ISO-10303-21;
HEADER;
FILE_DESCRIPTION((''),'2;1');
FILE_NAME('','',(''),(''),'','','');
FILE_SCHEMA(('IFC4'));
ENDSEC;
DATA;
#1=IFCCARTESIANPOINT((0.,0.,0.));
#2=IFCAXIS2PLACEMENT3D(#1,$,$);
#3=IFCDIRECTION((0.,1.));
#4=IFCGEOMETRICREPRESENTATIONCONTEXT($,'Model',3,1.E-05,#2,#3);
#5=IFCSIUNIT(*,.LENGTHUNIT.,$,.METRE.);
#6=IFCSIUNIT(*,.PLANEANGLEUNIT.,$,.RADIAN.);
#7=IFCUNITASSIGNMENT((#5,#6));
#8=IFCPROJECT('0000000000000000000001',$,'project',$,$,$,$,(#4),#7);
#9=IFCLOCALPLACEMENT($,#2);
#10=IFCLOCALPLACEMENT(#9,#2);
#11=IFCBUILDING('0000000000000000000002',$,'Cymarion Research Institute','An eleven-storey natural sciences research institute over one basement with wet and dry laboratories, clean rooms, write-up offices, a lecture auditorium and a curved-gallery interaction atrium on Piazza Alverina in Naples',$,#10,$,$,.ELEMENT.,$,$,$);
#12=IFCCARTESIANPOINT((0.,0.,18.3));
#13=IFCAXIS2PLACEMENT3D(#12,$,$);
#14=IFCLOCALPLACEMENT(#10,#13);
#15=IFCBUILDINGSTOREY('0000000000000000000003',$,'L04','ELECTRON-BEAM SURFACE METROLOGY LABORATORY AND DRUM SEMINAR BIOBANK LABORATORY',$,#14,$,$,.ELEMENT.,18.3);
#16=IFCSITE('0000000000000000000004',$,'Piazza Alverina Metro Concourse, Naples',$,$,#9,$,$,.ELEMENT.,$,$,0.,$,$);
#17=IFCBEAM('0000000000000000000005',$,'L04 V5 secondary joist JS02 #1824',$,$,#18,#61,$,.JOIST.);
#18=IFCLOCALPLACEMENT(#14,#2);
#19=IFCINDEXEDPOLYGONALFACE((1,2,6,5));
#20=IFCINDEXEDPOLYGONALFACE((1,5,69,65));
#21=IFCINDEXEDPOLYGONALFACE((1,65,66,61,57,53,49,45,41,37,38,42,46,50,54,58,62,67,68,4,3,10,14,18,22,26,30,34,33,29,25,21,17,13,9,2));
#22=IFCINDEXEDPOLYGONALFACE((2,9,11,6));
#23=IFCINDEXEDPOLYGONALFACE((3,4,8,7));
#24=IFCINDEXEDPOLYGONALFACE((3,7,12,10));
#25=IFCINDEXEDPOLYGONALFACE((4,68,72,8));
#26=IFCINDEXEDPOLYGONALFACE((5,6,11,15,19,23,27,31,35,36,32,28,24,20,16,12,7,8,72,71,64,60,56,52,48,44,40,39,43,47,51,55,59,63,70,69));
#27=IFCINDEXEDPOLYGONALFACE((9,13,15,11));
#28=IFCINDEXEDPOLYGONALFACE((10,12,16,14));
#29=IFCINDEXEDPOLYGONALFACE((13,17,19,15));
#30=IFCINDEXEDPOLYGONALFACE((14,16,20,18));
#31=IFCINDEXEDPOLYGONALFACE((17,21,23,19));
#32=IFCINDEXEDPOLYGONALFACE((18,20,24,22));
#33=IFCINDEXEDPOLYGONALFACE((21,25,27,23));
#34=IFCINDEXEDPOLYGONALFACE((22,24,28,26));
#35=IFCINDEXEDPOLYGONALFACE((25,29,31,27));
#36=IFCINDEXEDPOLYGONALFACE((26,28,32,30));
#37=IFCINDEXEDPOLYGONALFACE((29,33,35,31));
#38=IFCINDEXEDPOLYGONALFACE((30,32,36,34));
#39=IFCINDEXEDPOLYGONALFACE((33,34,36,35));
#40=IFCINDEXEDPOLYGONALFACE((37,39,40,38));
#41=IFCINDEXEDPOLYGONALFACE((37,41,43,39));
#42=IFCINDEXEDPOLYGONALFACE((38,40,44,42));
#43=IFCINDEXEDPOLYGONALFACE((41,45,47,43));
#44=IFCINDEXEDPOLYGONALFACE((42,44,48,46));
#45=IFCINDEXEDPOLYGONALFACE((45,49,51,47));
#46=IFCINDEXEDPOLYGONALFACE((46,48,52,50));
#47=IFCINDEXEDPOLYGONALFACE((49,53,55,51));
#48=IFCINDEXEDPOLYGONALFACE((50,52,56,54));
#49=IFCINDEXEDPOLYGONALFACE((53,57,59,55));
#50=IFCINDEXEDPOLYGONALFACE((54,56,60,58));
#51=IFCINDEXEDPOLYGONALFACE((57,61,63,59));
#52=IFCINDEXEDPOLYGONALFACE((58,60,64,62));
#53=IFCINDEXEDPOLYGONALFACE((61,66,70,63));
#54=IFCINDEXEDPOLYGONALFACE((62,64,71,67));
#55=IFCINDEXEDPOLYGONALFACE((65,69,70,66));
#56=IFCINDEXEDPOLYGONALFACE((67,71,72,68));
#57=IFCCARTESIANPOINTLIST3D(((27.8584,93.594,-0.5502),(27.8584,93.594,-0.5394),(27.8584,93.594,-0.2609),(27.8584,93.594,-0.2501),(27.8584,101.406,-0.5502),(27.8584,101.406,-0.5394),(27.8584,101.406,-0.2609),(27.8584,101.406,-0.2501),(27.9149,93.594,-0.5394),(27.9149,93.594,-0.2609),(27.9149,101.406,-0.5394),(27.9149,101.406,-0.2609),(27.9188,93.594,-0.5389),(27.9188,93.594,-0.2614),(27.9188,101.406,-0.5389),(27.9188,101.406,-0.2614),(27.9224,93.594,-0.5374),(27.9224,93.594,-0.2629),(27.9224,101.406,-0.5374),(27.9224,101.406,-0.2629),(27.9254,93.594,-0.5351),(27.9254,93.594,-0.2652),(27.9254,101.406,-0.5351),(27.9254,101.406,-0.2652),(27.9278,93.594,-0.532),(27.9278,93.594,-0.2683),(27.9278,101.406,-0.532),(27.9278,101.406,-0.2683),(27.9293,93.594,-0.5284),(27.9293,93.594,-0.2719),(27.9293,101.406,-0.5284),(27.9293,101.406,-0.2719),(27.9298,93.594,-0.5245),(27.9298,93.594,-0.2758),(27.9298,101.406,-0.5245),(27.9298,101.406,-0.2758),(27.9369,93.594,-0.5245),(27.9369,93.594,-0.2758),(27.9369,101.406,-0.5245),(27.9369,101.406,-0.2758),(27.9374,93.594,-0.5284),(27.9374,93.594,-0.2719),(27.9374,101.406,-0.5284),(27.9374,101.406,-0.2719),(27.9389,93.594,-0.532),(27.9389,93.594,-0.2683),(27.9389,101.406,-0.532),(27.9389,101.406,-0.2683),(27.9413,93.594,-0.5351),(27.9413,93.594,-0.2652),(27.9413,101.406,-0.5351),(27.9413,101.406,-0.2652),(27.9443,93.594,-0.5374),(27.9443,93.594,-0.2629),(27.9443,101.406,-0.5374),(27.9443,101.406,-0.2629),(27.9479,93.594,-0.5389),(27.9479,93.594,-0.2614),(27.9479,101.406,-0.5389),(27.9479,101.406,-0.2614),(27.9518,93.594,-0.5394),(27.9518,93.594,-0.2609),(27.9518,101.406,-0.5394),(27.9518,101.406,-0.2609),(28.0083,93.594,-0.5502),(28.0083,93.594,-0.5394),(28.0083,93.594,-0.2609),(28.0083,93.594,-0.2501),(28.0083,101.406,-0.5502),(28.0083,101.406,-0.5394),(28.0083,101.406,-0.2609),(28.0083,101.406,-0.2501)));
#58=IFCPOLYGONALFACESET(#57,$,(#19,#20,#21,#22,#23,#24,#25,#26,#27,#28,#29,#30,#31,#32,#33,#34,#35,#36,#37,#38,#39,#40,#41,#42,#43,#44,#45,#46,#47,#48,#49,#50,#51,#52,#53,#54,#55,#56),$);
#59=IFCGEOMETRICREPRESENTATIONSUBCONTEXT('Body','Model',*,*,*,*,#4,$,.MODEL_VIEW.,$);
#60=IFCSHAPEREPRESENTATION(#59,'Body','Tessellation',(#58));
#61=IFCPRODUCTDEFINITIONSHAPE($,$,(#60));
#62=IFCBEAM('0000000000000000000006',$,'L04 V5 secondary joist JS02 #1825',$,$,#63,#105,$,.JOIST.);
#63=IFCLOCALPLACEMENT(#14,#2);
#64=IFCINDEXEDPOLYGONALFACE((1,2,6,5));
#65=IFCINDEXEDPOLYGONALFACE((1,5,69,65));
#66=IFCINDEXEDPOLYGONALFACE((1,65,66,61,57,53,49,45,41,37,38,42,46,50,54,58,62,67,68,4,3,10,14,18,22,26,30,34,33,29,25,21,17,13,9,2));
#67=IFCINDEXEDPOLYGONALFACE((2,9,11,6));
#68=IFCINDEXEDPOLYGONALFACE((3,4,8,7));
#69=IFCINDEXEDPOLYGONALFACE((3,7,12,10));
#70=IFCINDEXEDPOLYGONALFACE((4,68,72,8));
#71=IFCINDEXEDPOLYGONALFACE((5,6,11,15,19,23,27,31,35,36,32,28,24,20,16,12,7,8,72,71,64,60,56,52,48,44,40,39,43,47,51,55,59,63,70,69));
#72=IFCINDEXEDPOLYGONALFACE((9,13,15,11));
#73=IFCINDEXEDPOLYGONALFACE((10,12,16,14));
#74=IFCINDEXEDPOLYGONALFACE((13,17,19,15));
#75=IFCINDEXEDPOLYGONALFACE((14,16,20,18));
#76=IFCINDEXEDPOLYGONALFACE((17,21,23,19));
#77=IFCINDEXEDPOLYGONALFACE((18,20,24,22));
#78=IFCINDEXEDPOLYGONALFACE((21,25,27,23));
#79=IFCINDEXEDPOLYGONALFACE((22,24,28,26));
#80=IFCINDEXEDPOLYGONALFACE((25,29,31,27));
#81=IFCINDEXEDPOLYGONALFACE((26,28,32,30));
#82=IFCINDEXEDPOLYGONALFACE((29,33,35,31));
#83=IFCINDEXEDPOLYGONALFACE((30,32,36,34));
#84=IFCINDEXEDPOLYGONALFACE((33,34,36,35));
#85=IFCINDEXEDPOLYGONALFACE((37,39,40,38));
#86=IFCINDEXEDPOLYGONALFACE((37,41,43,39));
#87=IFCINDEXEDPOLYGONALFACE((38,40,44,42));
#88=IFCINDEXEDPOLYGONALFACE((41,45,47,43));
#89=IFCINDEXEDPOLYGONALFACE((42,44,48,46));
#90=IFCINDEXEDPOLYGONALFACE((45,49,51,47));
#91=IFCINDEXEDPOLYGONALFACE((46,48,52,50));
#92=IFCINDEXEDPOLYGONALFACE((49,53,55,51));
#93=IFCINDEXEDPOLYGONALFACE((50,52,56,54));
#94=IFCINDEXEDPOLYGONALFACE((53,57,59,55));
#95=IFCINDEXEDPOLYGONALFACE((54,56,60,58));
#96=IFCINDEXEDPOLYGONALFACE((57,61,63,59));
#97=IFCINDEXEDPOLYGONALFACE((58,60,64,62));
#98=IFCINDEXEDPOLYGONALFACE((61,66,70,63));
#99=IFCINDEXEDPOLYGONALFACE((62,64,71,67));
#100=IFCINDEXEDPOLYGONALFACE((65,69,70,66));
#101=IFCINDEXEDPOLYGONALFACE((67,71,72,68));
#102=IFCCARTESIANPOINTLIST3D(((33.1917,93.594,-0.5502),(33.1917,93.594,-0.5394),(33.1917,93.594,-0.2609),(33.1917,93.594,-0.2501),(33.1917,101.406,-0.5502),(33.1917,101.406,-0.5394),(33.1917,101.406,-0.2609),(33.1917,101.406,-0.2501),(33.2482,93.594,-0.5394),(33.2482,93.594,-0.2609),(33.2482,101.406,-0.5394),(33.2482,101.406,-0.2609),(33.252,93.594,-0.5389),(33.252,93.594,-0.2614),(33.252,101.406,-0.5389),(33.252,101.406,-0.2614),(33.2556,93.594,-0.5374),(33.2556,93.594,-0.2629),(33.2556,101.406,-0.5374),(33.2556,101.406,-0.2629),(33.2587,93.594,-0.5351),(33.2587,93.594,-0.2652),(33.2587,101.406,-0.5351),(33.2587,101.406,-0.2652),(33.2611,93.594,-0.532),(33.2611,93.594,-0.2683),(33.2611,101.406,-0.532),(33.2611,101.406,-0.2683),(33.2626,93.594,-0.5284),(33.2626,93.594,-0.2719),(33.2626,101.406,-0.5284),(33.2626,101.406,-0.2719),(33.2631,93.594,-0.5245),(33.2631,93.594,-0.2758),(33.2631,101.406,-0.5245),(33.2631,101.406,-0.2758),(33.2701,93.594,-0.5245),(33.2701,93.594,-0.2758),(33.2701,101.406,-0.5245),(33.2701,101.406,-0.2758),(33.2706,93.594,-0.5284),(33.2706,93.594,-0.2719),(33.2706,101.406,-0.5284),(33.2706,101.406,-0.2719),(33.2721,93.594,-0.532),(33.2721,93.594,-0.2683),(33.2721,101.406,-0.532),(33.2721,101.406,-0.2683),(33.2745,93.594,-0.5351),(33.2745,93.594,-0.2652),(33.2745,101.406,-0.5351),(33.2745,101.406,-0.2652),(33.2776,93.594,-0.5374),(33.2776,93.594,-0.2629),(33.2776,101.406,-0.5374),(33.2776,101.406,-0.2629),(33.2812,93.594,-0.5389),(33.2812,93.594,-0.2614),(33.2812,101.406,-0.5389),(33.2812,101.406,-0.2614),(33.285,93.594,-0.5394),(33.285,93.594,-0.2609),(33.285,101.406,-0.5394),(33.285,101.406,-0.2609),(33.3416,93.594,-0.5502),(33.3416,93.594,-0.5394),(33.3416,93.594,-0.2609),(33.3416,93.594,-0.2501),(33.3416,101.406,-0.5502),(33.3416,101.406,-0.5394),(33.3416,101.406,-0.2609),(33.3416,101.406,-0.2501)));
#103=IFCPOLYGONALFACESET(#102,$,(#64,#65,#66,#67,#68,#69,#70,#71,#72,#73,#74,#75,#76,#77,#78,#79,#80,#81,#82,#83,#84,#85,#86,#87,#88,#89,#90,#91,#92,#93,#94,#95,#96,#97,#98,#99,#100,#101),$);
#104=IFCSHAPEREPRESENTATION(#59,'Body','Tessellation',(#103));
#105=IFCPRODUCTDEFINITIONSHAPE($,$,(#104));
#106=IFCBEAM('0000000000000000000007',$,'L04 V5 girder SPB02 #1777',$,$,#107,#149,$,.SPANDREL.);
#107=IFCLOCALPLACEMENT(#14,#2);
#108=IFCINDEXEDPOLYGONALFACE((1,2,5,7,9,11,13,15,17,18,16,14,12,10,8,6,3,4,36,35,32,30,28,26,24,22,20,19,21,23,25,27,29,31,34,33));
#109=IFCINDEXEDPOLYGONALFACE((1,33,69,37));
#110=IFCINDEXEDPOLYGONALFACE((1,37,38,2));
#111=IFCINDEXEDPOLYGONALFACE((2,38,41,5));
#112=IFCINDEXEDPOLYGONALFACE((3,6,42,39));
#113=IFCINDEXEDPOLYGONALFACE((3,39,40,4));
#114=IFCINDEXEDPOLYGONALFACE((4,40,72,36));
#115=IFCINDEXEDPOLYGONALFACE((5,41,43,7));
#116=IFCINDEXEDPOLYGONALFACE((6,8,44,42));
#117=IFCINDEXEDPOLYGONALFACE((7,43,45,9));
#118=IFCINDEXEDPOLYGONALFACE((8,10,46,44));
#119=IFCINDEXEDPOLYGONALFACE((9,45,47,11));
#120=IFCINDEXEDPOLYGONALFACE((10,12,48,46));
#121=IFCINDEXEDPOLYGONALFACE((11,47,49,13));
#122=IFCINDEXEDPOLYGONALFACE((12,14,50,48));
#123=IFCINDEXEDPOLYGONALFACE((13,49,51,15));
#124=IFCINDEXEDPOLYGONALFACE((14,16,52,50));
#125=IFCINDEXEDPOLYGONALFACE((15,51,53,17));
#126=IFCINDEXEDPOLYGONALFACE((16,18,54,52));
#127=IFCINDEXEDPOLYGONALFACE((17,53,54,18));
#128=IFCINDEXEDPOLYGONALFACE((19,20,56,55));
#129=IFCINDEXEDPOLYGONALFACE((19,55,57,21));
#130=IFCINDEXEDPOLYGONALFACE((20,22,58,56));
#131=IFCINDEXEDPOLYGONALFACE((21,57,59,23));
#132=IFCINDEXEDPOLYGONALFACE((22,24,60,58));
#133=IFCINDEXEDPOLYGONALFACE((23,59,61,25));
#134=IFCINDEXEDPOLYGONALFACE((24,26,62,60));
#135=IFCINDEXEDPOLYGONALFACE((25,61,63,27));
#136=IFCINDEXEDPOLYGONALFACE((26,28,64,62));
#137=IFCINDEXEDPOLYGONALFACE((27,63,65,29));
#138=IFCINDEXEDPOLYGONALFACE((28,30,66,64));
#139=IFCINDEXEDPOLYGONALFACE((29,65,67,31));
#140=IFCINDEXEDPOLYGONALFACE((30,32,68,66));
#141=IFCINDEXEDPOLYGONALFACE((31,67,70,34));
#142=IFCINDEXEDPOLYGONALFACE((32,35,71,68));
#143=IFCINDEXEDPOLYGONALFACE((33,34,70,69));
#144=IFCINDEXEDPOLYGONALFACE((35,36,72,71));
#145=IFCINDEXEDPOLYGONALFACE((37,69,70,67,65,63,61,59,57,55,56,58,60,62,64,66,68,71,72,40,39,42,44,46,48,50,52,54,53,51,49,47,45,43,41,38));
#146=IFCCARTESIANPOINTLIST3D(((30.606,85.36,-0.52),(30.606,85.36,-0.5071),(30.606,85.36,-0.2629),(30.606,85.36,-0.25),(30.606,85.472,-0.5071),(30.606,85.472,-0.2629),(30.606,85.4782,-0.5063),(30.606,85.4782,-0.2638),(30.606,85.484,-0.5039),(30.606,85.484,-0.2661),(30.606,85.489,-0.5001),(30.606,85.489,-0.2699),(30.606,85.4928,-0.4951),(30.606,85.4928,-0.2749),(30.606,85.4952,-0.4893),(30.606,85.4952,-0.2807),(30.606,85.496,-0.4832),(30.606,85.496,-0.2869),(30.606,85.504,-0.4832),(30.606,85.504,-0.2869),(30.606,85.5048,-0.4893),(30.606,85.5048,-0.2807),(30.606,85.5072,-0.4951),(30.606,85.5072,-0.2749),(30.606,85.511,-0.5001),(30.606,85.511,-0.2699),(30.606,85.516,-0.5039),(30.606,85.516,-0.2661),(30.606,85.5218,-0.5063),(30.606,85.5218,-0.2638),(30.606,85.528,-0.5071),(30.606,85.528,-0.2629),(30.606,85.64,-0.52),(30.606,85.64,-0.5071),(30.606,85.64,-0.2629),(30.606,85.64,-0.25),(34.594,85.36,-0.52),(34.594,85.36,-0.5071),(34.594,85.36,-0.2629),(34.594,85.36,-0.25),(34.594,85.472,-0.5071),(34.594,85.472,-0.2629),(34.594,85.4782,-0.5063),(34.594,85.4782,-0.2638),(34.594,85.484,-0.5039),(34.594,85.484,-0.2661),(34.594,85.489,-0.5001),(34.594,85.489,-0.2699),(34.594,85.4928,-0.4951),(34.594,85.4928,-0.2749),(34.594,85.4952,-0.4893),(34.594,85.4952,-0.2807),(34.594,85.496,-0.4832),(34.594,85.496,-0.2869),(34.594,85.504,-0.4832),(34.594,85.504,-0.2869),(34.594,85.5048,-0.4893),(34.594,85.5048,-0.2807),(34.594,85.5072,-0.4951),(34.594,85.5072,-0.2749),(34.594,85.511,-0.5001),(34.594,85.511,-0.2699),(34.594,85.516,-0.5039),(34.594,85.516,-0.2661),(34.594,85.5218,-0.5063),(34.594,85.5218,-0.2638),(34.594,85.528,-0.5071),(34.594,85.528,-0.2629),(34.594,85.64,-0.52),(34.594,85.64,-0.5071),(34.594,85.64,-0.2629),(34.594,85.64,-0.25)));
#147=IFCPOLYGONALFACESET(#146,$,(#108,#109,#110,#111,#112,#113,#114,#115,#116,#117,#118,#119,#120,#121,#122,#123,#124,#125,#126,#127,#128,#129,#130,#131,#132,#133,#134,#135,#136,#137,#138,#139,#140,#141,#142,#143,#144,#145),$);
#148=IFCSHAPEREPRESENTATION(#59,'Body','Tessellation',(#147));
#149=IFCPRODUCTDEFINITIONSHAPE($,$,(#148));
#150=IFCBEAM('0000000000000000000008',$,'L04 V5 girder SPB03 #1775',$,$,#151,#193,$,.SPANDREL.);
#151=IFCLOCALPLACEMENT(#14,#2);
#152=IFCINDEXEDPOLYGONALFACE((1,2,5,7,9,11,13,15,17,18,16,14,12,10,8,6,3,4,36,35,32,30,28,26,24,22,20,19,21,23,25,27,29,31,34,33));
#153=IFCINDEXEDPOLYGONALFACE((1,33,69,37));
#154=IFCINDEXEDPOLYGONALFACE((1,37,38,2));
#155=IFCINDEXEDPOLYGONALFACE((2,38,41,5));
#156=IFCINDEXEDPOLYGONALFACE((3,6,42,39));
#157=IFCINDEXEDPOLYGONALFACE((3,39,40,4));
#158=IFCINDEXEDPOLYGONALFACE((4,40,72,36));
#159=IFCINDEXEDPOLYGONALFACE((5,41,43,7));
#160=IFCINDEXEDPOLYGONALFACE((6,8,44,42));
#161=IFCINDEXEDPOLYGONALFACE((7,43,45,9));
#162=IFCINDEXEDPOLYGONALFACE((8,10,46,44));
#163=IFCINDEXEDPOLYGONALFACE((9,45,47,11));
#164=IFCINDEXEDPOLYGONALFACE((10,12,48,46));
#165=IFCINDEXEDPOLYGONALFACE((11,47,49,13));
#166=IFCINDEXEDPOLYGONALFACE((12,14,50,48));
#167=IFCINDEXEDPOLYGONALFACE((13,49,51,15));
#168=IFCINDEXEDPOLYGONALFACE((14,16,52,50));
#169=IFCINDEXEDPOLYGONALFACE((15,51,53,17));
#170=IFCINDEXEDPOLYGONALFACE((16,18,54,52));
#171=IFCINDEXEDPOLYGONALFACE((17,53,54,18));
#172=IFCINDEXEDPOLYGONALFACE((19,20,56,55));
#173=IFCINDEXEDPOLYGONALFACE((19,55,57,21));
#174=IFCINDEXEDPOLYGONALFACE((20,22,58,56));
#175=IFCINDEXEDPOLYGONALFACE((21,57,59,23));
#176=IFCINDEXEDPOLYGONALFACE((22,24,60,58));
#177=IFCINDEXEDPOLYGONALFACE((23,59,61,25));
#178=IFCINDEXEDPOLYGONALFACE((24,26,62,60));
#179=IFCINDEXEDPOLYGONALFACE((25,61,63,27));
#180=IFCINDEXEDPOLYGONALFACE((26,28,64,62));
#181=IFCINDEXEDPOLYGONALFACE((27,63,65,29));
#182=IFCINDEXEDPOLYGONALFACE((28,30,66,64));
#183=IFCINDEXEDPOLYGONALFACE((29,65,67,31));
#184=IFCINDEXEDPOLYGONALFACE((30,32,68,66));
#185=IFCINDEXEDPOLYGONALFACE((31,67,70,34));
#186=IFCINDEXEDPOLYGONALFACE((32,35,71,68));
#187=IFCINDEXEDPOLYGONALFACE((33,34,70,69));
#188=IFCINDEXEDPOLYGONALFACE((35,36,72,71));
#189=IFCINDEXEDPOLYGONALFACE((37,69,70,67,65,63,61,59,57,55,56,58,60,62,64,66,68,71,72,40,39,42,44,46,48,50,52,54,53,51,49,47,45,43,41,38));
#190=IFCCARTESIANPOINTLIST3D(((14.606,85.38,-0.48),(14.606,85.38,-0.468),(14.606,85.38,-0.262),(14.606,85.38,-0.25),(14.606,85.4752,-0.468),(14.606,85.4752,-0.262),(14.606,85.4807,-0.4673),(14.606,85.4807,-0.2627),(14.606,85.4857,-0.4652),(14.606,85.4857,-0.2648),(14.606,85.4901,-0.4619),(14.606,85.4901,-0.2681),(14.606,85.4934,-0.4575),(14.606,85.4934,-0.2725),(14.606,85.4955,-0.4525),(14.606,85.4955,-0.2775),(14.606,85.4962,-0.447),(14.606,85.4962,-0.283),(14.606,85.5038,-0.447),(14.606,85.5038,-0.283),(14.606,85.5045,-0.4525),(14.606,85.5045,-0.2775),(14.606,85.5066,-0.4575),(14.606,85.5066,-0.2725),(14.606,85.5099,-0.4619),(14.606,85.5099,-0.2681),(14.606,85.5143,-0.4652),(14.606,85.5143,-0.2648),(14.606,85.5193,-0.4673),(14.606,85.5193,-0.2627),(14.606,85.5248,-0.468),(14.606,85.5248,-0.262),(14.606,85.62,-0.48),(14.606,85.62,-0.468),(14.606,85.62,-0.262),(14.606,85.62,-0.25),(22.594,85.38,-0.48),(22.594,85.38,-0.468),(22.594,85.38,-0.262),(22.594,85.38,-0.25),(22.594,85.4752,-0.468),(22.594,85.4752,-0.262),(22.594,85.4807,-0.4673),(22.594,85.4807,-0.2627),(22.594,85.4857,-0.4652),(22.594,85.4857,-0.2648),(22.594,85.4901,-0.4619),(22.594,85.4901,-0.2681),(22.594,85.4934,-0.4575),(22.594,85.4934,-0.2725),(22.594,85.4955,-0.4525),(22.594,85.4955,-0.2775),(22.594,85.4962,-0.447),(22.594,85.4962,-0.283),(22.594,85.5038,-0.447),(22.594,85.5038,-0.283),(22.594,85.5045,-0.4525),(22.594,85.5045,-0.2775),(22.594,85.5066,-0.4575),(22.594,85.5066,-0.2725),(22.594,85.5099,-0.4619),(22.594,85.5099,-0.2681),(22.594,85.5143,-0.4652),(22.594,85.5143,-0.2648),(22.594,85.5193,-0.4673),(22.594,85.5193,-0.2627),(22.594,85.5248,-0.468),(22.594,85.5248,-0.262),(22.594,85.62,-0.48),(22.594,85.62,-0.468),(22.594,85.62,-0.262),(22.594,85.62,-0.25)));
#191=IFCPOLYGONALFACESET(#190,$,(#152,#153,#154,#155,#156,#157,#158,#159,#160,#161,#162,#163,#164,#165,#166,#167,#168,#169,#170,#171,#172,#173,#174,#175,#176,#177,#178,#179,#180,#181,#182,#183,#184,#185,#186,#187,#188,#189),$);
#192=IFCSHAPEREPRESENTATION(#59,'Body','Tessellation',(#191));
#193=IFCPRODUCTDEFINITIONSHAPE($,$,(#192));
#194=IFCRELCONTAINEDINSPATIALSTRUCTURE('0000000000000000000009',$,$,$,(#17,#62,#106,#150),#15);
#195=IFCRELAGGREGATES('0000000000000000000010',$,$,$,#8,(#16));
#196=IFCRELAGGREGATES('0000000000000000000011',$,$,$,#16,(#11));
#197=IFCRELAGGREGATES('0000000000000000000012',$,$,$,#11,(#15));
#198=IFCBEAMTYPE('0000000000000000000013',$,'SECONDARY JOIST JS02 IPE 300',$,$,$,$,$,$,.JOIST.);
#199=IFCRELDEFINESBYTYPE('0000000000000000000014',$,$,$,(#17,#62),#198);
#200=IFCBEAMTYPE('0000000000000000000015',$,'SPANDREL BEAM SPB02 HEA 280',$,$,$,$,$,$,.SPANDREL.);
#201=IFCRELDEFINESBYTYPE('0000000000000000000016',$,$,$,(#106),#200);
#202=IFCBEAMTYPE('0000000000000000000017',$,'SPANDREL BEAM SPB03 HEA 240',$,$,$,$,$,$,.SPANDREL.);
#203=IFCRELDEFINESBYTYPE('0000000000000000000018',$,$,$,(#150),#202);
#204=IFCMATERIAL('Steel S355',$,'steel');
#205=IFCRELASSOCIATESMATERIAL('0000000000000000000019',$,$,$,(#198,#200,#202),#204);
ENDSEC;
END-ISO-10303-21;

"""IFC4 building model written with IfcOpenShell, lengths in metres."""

from ifc_helpers import new_model, si_unit, direction, frame, origin, origin_2d, place, context, subcontext, project, spatial, i_section, extrude, material, material_profile, profile_set, type_object, element, save


model = new_model("IFC4")

# Units and contexts
model_context = context("Model", 3, precision=1e-05, world=origin(), true_north=direction((0.0, 1.0)))
body_context = subcontext(model_context, "Body", "Model", "MODEL_VIEW")
ifc_project = project(units=[si_unit("LENGTHUNIT", "METRE"), si_unit("PLANEANGLEUNIT", "RADIAN")], contexts=[model_context])

# Site, building, storey
site_placement = place(None, origin())
site = spatial("IfcSite", under=ifc_project, at=site_placement, Name="Piazza Alverina Metro Concourse, Naples", CompositionType="ELEMENT", RefElevation=0.0)
building_placement = place(site_placement, origin())
building = spatial("IfcBuilding", under=site, at=building_placement, Name="Cymarion Research Institute", Description="An eleven-storey natural sciences research institute over one basement with wet and dry laboratories, clean rooms, write-up offices, a lecture auditorium and a curved-gallery interaction atrium on Piazza Alverina in Naples", CompositionType="ELEMENT")
storey_placement = place(building_placement, frame((0.0, 0.0, 18.3)))
storey = spatial("IfcBuildingStorey", under=building, at=storey_placement, Name="L04", Description="ELECTRON-BEAM SURFACE METROLOGY LABORATORY AND DRUM SEMINAR BIOBANK LABORATORY", CompositionType="ELEMENT", Elevation=18.3)

# Shared definitions
ifc_material_1 = material(Name="Steel S355", Category="steel")

# Beams
ifc_material_profile_1 = material_profile(ifc_material_1, i_section(OverallWidth=0.1499, OverallDepth=0.3, WebThickness=0.0071, FlangeThickness=0.0107, FilletRadius=0.0149, at=origin_2d()), Name="IPE 300")
ifc_profile_set_1 = profile_set([ifc_material_profile_1], Name="Steel S355")
beam_type_1 = type_object("IfcBeamType", Name="SECONDARY JOIST JS02 IPE 300", PredefinedType="JOIST", material=ifc_profile_set_1)
for number, where, z_axis, x_axis, name in (
    (1, (27.9333, 93.594, -0.4001), (0.0, 1.0, 0.0), (-1.0, 0.0, 0.0), "L04 V5 secondary joist JS02 #1824"),
    (2, (33.2666, 93.594, -0.4001), (0.0, 1.0, 0.0), (-1.0, 0.0, 0.0), "L04 V5 secondary joist JS02 #1825"),
):
    element("IfcBeam", number, at=place(storey_placement, frame(where, z_axis=z_axis, x_axis=x_axis)), inside=storey, type_object=beam_type_1, Name=name, PredefinedType="JOIST", context=body_context, shape_type="SweptSolid", body=[
        extrude(i_section(OverallWidth=0.1499, OverallDepth=0.3, WebThickness=0.0071, FlangeThickness=0.0107, FilletRadius=0.0149, at=origin_2d()), origin(), (0.0, 0.0, 1.0), 7.812),
    ])
ifc_material_profile_2 = material_profile(ifc_material_1, i_section(OverallWidth=0.28, OverallDepth=0.27, WebThickness=0.0081, FlangeThickness=0.0129, FilletRadius=0.0239, at=origin_2d()), Name="HEA 280")
ifc_profile_set_2 = profile_set([ifc_material_profile_2], Name="Steel S355")
beam_type_2 = type_object("IfcBeamType", Name="SPANDREL BEAM SPB02 HEA 280", PredefinedType="SPANDREL", material=ifc_profile_set_2)
beam_placement = place(storey_placement, frame((30.606, 85.5, -0.385), z_axis=(1.0, 0.0, 0.0), x_axis=(0.0, 1.0, 0.0)))
element("IfcBeam", 3, at=beam_placement, inside=storey, type_object=beam_type_2, Name="L04 V5 girder SPB02 #1777", PredefinedType="SPANDREL", context=body_context, shape_type="SweptSolid", body=[
    extrude(i_section(OverallWidth=0.28, OverallDepth=0.27, WebThickness=0.0081, FlangeThickness=0.0129, FilletRadius=0.0239, at=origin_2d()), origin(), (0.0, 0.0, 1.0), 3.988),
])
ifc_material_profile_3 = material_profile(ifc_material_1, i_section(OverallWidth=0.24, OverallDepth=0.23, WebThickness=0.0076, FlangeThickness=0.012, FilletRadius=0.021, at=origin_2d()), Name="HEA 240")
ifc_profile_set_3 = profile_set([ifc_material_profile_3], Name="Steel S355")
beam_type_3 = type_object("IfcBeamType", Name="SPANDREL BEAM SPB03 HEA 240", PredefinedType="SPANDREL", material=ifc_profile_set_3)
for number, where, z_axis, x_axis, name in (
    (4, (14.606, 85.5, -0.365), (1.0, 0.0, 0.0), (0.0, 1.0, 0.0), "L04 V5 girder SPB03 #1775"),
):
    element("IfcBeam", number, at=place(storey_placement, frame(where, z_axis=z_axis, x_axis=x_axis)), inside=storey, type_object=beam_type_3, Name=name, PredefinedType="SPANDREL", context=body_context, shape_type="SweptSolid", body=[
        extrude(i_section(OverallWidth=0.24, OverallDepth=0.23, WebThickness=0.0076, FlangeThickness=0.012, FilletRadius=0.021, at=origin_2d()), origin(), (0.0, 0.0, 1.0), 7.988),
    ])

save(model, "model.ifc")
